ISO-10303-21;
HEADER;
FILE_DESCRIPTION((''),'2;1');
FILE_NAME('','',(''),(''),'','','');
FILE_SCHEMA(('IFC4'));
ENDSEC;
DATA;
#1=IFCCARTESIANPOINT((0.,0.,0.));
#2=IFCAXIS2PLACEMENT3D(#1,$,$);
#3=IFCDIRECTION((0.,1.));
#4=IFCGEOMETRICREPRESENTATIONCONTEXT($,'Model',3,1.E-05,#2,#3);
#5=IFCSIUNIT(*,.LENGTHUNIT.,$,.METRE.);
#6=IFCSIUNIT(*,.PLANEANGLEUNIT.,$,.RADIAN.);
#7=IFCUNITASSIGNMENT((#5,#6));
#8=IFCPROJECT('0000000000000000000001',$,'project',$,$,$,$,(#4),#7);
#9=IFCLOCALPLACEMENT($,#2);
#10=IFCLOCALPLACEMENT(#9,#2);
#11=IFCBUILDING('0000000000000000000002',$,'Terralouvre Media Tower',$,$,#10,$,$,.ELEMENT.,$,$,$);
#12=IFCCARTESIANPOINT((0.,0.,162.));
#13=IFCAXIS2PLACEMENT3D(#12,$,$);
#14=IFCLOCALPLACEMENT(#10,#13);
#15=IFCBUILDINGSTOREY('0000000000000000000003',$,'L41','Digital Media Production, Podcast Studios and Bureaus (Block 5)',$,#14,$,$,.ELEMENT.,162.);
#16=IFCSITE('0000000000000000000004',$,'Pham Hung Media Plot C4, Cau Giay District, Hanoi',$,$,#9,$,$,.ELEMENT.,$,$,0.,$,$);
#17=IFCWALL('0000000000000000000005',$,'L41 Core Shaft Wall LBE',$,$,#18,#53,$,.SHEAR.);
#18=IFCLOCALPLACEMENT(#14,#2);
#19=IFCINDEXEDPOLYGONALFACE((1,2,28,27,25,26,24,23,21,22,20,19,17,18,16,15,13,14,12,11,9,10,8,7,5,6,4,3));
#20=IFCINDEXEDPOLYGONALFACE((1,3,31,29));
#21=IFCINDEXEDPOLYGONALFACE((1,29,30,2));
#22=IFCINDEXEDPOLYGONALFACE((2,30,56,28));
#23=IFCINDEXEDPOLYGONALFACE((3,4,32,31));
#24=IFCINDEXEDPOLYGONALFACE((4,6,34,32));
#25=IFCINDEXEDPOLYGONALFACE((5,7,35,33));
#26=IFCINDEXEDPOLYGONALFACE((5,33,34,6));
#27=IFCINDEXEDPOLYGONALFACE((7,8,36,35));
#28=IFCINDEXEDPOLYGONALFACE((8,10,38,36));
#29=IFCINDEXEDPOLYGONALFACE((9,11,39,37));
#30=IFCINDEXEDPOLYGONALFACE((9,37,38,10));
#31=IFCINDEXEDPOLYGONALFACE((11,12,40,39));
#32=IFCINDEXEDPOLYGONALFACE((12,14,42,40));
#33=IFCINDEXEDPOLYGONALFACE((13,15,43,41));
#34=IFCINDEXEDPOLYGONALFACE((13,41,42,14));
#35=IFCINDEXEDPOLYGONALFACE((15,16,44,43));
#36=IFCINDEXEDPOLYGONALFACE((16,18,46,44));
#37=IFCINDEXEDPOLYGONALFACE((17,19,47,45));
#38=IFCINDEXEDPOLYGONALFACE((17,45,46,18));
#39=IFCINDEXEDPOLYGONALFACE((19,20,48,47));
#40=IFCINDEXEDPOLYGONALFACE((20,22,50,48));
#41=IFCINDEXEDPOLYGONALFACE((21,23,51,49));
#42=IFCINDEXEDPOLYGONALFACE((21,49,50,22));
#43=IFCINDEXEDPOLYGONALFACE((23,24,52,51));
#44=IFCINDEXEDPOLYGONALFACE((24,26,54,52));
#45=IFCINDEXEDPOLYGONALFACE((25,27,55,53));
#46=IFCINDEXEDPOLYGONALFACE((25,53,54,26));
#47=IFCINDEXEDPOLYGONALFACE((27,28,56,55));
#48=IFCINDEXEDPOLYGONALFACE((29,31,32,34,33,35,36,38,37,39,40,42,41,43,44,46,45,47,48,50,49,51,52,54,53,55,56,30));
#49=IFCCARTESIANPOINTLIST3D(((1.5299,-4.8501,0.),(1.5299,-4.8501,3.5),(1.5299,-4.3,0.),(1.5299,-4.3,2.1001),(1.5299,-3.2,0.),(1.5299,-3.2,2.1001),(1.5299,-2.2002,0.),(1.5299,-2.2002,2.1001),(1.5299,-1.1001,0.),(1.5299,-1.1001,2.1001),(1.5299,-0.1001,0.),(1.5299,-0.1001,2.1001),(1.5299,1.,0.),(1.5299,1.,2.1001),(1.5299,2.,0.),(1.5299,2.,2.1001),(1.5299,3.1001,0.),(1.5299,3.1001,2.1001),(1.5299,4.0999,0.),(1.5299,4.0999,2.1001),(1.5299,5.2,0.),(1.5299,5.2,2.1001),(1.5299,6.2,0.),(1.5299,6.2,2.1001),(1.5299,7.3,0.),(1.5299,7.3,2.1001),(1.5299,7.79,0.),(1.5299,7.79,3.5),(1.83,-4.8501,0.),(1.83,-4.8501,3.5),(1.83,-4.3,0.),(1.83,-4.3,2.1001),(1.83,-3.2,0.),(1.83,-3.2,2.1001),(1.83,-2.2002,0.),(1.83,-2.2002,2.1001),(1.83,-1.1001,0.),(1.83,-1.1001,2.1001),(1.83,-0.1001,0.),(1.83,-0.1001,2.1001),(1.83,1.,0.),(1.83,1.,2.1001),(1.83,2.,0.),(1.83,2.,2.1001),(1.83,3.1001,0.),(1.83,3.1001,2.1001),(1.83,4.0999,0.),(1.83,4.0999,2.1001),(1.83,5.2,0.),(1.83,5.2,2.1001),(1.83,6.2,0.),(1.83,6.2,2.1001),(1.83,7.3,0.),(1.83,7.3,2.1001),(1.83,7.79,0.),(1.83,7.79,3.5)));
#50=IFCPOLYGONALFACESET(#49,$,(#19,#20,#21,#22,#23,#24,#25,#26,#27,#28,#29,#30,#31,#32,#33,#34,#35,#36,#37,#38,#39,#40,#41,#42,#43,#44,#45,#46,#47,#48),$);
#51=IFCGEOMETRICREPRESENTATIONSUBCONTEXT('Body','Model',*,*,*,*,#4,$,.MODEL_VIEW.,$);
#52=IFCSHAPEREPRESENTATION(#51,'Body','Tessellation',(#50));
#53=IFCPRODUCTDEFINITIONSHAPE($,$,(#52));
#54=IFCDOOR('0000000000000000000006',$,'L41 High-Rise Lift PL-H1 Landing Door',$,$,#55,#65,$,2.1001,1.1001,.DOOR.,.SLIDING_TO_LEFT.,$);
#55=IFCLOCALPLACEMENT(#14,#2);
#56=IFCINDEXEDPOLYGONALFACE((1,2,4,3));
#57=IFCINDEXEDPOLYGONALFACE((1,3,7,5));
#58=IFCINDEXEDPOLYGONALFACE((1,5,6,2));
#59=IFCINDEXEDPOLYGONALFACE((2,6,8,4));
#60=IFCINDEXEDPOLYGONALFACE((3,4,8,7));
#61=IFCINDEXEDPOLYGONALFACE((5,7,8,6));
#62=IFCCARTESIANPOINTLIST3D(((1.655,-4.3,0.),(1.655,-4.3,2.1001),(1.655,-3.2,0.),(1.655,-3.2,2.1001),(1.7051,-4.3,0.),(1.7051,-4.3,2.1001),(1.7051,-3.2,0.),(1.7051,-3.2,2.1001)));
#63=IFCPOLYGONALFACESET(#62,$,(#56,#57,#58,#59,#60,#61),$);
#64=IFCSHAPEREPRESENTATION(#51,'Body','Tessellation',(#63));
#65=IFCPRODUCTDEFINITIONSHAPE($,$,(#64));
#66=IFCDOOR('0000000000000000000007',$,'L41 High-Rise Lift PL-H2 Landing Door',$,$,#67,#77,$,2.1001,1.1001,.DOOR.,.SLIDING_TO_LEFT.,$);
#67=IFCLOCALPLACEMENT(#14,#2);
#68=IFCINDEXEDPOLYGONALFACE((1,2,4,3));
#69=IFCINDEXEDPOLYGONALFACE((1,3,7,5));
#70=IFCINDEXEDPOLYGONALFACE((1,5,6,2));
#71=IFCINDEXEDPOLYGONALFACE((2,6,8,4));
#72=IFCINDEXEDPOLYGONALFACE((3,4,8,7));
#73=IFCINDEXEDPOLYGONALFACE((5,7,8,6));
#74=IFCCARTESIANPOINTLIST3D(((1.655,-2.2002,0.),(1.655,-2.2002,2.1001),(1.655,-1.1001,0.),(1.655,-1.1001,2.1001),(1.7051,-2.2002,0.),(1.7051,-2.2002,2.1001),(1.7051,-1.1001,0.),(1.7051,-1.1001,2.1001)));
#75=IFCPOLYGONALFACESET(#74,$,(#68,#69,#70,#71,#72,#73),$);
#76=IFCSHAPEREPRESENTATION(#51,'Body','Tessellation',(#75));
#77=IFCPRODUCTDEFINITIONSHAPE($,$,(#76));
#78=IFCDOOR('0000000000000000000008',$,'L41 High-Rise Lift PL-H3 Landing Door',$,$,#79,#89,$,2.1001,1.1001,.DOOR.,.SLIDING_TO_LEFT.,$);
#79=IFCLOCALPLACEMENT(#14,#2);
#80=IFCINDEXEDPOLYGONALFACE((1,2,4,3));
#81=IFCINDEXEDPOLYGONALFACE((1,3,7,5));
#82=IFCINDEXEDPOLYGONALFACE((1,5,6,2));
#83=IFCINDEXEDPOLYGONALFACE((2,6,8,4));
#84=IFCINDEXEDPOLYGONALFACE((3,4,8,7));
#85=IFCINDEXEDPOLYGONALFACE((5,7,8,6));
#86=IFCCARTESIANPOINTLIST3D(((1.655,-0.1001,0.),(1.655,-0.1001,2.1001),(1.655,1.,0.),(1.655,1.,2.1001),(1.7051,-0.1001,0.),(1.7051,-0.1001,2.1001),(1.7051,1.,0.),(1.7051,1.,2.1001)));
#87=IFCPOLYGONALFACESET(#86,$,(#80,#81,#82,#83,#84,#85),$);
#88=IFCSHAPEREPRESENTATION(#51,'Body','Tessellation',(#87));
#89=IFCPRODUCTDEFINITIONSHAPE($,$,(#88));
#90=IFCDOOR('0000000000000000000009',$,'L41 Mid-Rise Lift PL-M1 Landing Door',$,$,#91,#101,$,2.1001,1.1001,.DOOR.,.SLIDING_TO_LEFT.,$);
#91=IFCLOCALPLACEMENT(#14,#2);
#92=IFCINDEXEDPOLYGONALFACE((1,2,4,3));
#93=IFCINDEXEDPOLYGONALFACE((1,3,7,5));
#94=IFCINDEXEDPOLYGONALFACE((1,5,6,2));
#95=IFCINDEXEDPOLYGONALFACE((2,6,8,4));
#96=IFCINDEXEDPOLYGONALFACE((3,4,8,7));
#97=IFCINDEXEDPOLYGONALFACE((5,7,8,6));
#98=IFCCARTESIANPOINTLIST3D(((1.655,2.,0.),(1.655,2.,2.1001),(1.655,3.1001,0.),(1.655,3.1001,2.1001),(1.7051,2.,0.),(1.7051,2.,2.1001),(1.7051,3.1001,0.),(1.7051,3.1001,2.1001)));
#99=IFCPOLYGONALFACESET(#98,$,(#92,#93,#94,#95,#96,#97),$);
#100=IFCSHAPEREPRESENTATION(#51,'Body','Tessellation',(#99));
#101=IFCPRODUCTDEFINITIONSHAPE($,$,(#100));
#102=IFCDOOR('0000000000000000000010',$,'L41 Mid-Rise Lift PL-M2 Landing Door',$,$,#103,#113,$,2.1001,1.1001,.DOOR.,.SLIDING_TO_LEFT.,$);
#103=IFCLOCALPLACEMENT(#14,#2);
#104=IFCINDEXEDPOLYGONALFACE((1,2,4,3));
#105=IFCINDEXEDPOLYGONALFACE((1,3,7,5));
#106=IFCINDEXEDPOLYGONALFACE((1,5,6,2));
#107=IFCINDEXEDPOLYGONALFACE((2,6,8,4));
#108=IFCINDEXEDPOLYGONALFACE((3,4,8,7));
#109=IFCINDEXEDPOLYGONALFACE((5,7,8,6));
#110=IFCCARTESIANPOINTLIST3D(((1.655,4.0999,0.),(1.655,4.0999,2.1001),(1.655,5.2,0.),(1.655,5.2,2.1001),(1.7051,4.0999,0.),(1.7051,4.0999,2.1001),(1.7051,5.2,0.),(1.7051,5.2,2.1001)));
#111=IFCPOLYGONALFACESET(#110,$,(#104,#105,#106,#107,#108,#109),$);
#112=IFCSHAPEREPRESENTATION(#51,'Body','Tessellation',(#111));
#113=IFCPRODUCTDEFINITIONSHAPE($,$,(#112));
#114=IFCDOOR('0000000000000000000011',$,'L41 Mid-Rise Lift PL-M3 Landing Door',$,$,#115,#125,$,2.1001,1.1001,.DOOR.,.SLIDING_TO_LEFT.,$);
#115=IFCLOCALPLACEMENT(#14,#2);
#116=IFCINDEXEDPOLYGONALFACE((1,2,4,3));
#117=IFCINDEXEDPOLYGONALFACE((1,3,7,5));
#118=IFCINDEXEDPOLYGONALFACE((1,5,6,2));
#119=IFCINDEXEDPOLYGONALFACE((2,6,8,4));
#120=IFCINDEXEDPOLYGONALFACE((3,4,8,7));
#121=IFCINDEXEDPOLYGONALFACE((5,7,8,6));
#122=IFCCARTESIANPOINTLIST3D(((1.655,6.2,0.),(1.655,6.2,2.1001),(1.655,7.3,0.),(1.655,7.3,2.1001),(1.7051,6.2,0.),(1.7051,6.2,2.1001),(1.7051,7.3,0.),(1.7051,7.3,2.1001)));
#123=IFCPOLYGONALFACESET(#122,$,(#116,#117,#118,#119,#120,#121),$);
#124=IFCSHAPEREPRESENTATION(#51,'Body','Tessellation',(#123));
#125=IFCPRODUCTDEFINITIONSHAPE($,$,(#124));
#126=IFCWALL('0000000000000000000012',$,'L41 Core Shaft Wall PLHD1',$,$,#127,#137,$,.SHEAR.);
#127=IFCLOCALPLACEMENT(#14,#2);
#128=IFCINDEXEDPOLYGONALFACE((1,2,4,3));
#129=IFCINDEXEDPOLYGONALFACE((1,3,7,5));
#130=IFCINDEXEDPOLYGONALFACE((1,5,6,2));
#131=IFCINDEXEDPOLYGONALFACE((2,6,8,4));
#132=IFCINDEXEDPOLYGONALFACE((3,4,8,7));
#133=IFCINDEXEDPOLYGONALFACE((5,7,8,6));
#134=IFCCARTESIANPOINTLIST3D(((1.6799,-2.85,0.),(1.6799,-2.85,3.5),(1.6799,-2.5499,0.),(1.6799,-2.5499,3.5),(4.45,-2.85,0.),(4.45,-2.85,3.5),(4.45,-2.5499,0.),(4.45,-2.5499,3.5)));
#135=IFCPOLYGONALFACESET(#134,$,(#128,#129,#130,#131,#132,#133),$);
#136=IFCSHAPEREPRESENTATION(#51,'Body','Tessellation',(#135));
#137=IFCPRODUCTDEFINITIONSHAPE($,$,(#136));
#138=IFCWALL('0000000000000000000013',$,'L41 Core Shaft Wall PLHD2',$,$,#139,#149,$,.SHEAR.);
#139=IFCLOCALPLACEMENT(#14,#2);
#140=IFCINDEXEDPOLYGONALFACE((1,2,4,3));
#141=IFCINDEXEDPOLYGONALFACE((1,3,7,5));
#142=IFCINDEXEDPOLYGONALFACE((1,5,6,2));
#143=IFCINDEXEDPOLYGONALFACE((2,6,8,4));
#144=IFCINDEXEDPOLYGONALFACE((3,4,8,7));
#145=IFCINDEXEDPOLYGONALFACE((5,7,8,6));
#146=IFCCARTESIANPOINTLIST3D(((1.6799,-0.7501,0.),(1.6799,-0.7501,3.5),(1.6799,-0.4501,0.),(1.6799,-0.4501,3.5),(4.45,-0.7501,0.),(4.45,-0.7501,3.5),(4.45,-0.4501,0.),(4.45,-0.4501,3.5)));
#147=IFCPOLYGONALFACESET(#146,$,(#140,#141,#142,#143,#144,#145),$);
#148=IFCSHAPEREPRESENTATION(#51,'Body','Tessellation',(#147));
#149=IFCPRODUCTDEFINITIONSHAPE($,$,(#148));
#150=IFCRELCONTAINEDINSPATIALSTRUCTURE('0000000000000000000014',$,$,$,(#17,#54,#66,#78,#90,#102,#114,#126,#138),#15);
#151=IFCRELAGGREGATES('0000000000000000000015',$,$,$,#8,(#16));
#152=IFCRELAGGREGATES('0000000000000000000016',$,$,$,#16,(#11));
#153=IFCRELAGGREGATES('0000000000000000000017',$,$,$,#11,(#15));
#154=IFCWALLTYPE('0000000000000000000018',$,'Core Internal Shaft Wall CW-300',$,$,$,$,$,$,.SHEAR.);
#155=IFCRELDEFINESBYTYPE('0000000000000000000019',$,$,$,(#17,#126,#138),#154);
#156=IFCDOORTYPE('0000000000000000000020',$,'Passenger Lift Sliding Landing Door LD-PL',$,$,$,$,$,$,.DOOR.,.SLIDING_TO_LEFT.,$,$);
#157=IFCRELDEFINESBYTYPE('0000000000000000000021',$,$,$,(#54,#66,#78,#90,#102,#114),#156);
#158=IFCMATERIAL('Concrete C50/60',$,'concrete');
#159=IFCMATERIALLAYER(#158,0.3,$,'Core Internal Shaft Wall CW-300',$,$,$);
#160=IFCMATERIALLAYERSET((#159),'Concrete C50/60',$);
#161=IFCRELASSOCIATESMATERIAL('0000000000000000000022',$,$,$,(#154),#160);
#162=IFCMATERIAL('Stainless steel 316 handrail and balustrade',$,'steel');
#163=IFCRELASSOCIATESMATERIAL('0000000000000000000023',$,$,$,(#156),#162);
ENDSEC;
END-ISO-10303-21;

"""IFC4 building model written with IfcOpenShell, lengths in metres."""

from ifc_helpers import new_model, si_unit, direction, frame, frame_2d, origin, place, context, subcontext, project, spatial, rectangle, extrude, material, layer, layer_set, type_object, element, fill, save


model = new_model("IFC4")

# Units and contexts
model_context = context("Model", 3, precision=1e-05, world=origin(), true_north=direction((0.0, 1.0)))
body_context = subcontext(model_context, "Body", "Model", "MODEL_VIEW")
ifc_project = project(units=[si_unit("LENGTHUNIT", "METRE"), si_unit("PLANEANGLEUNIT", "RADIAN")], contexts=[model_context])

# Site, building, storey
site_placement = place(None, origin())
site = spatial("IfcSite", under=ifc_project, at=site_placement, Name="Pham Hung Media Plot C4, Cau Giay District, Hanoi", CompositionType="ELEMENT", RefElevation=0.0)
building_placement = place(site_placement, origin())
building = spatial("IfcBuilding", under=site, at=building_placement, Name="Terralouvre Media Tower", CompositionType="ELEMENT")
storey_placement = place(building_placement, frame((0.0, 0.0, 162.0)))
storey = spatial("IfcBuildingStorey", under=building, at=storey_placement, Name="L41", Description="Digital Media Production, Podcast Studios and Bureaus (Block 5)", CompositionType="ELEMENT", Elevation=162.0)

# Shared definitions
ifc_material_1 = material(Name="Concrete C50/60", Category="concrete")
ifc_layer_1 = layer(ifc_material_1, 0.3, Name="Core Internal Shaft Wall CW-300")
ifc_layer_set_1 = layer_set([ifc_layer_1], Name="Concrete C50/60")
wall_type_1 = type_object("IfcWallType", Name="Core Internal Shaft Wall CW-300", PredefinedType="SHEAR", material=ifc_layer_set_1)

# Wall, openings, doors
wall_1_placement = place(storey_placement, frame((1.6799, -4.8501, 0.0), z_axis=(0.0, 0.0, 1.0), x_axis=(0.0, 1.0, 0.0)))
wall_1 = element("IfcWall", 1, at=wall_1_placement, inside=storey, type_object=wall_type_1, Name="L41 Core Shaft Wall LBE", PredefinedType="SHEAR", context=body_context, shape_type="SweptSolid", body=[
    extrude(rectangle(XDim=12.6401, YDim=0.3, at=frame_2d((6.3201, 0.0))), origin(), (0.0, 0.0, 1.0), 3.5),
])
opening_1_placement = place(wall_1_placement, frame((0.55, 0.0, 0.0)))
opening_1 = element("IfcOpeningElement", 2, at=opening_1_placement, cuts=wall_1, PredefinedType="OPENING", context=body_context, shape_type="SweptSolid", body=[
    extrude(rectangle(XDim=1.1001, YDim=2.1001, at=frame_2d((0.55, 1.05))), frame((0.0, 0.1599, 0.0), z_axis=(0.0, -1.0, 0.0), x_axis=(1.0, 0.0, 0.0)), (0.0, 0.0, 1.0), 0.3201),
])
opening_2_placement = place(wall_1_placement, frame((2.6499, 0.0, 0.0)))
opening_2 = element("IfcOpeningElement", 3, at=opening_2_placement, cuts=wall_1, PredefinedType="OPENING", context=body_context, shape_type="SweptSolid", body=[
    extrude(rectangle(XDim=1.1001, YDim=2.1001, at=frame_2d((0.55, 1.05))), frame((0.0, 0.1599, 0.0), z_axis=(0.0, -1.0, 0.0), x_axis=(1.0, 0.0, 0.0)), (0.0, 0.0, 1.0), 0.3201),
])
opening_3_placement = place(wall_1_placement, frame((4.75, 0.0, 0.0)))
opening_3 = element("IfcOpeningElement", 4, at=opening_3_placement, cuts=wall_1, PredefinedType="OPENING", context=body_context, shape_type="SweptSolid", body=[
    extrude(rectangle(XDim=1.1001, YDim=2.1001, at=frame_2d((0.55, 1.05))), frame((0.0, 0.1599, 0.0), z_axis=(0.0, -1.0, 0.0), x_axis=(1.0, 0.0, 0.0)), (0.0, 0.0, 1.0), 0.3201),
])
opening_4_placement = place(wall_1_placement, frame((6.8501, 0.0, 0.0)))
opening_4 = element("IfcOpeningElement", 5, at=opening_4_placement, cuts=wall_1, PredefinedType="OPENING", context=body_context, shape_type="SweptSolid", body=[
    extrude(rectangle(XDim=1.1001, YDim=2.1001, at=frame_2d((0.55, 1.05))), frame((0.0, 0.1599, 0.0), z_axis=(0.0, -1.0, 0.0), x_axis=(1.0, 0.0, 0.0)), (0.0, 0.0, 1.0), 0.3201),
])
opening_5_placement = place(wall_1_placement, frame((8.95, 0.0, 0.0)))
opening_5 = element("IfcOpeningElement", 6, at=opening_5_placement, cuts=wall_1, PredefinedType="OPENING", context=body_context, shape_type="SweptSolid", body=[
    extrude(rectangle(XDim=1.1001, YDim=2.1001, at=frame_2d((0.55, 1.05))), frame((0.0, 0.1599, 0.0), z_axis=(0.0, -1.0, 0.0), x_axis=(1.0, 0.0, 0.0)), (0.0, 0.0, 1.0), 0.3201),
])
opening_6_placement = place(wall_1_placement, frame((11.05, 0.0, 0.0)))
opening_6 = element("IfcOpeningElement", 7, at=opening_6_placement, cuts=wall_1, PredefinedType="OPENING", context=body_context, shape_type="SweptSolid", body=[
    extrude(rectangle(XDim=1.1001, YDim=2.1001, at=frame_2d((0.55, 1.05))), frame((0.0, 0.1599, 0.0), z_axis=(0.0, -1.0, 0.0), x_axis=(1.0, 0.0, 0.0)), (0.0, 0.0, 1.0), 0.3201),
])
ifc_material_2 = material(Name="Stainless steel 316 handrail and balustrade", Category="steel")
door_type_1 = type_object("IfcDoorType", Name="Passenger Lift Sliding Landing Door LD-PL", OperationType="SLIDING_TO_LEFT", PredefinedType="DOOR", material=ifc_material_2)
door_1_placement = place(opening_1_placement, origin())
door_1 = element("IfcDoor", 8, at=door_1_placement, inside=storey, type_object=door_type_1, Name="L41 High-Rise Lift PL-H1 Landing Door", OperationType="SLIDING_TO_LEFT", OverallHeight=2.1001, OverallWidth=1.1001, PredefinedType="DOOR", context=body_context, shape_type="SweptSolid", body=[
    extrude(rectangle(XDim=1.1001, YDim=2.1001, at=frame_2d((0.55, 1.05))), frame((0.0, 0.0249, 0.0), z_axis=(0.0, -1.0, 0.0), x_axis=(1.0, 0.0, 0.0)), (0.0, 0.0, 1.0), 0.05),
])
fill(opening_1, door_1)
door_2_placement = place(opening_2_placement, origin())
door_2 = element("IfcDoor", 9, at=door_2_placement, inside=storey, type_object=door_type_1, Name="L41 High-Rise Lift PL-H2 Landing Door", OperationType="SLIDING_TO_LEFT", OverallHeight=2.1001, OverallWidth=1.1001, PredefinedType="DOOR", context=body_context, shape_type="SweptSolid", body=[
    extrude(rectangle(XDim=1.1001, YDim=2.1001, at=frame_2d((0.55, 1.05))), frame((0.0, 0.0249, 0.0), z_axis=(0.0, -1.0, 0.0), x_axis=(1.0, 0.0, 0.0)), (0.0, 0.0, 1.0), 0.05),
])
fill(opening_2, door_2)
door_3_placement = place(opening_3_placement, origin())
door_3 = element("IfcDoor", 10, at=door_3_placement, inside=storey, type_object=door_type_1, Name="L41 High-Rise Lift PL-H3 Landing Door", OperationType="SLIDING_TO_LEFT", OverallHeight=2.1001, OverallWidth=1.1001, PredefinedType="DOOR", context=body_context, shape_type="SweptSolid", body=[
    extrude(rectangle(XDim=1.1001, YDim=2.1001, at=frame_2d((0.55, 1.05))), frame((0.0, 0.0249, 0.0), z_axis=(0.0, -1.0, 0.0), x_axis=(1.0, 0.0, 0.0)), (0.0, 0.0, 1.0), 0.05),
])
fill(opening_3, door_3)
door_4_placement = place(opening_4_placement, origin())
door_4 = element("IfcDoor", 11, at=door_4_placement, inside=storey, type_object=door_type_1, Name="L41 Mid-Rise Lift PL-M1 Landing Door", OperationType="SLIDING_TO_LEFT", OverallHeight=2.1001, OverallWidth=1.1001, PredefinedType="DOOR", context=body_context, shape_type="SweptSolid", body=[
    extrude(rectangle(XDim=1.1001, YDim=2.1001, at=frame_2d((0.55, 1.05))), frame((0.0, 0.0249, 0.0), z_axis=(0.0, -1.0, 0.0), x_axis=(1.0, 0.0, 0.0)), (0.0, 0.0, 1.0), 0.05),
])
fill(opening_4, door_4)
door_5_placement = place(opening_5_placement, origin())
door_5 = element("IfcDoor", 12, at=door_5_placement, inside=storey, type_object=door_type_1, Name="L41 Mid-Rise Lift PL-M2 Landing Door", OperationType="SLIDING_TO_LEFT", OverallHeight=2.1001, OverallWidth=1.1001, PredefinedType="DOOR", context=body_context, shape_type="SweptSolid", body=[
    extrude(rectangle(XDim=1.1001, YDim=2.1001, at=frame_2d((0.55, 1.05))), frame((0.0, 0.0249, 0.0), z_axis=(0.0, -1.0, 0.0), x_axis=(1.0, 0.0, 0.0)), (0.0, 0.0, 1.0), 0.05),
])
fill(opening_5, door_5)
door_6_placement = place(opening_6_placement, origin())
door_6 = element("IfcDoor", 13, at=door_6_placement, inside=storey, type_object=door_type_1, Name="L41 Mid-Rise Lift PL-M3 Landing Door", OperationType="SLIDING_TO_LEFT", OverallHeight=2.1001, OverallWidth=1.1001, PredefinedType="DOOR", context=body_context, shape_type="SweptSolid", body=[
    extrude(rectangle(XDim=1.1001, YDim=2.1001, at=frame_2d((0.55, 1.05))), frame((0.0, 0.0249, 0.0), z_axis=(0.0, -1.0, 0.0), x_axis=(1.0, 0.0, 0.0)), (0.0, 0.0, 1.0), 0.05),
])
fill(opening_6, door_6)

# Walls
for number, where, z_axis, x_axis, name in (
    (14, (1.6799, -2.7, 0.0), (0.0, 0.0, 1.0), (1.0, 0.0, 0.0), "L41 Core Shaft Wall PLHD1"),
    (15, (1.6799, -0.6001, 0.0), (0.0, 0.0, 1.0), (1.0, 0.0, 0.0), "L41 Core Shaft Wall PLHD2"),
):
    element("IfcWall", number, at=place(storey_placement, frame(where, z_axis=z_axis, x_axis=x_axis)), inside=storey, type_object=wall_type_1, Name=name, PredefinedType="SHEAR", context=body_context, shape_type="SweptSolid", body=[
        extrude(rectangle(XDim=2.77, YDim=0.3, at=frame_2d((1.385, 0.0))), origin(), (0.0, 0.0, 1.0), 3.5),
    ])

save(model, "model.ifc")
